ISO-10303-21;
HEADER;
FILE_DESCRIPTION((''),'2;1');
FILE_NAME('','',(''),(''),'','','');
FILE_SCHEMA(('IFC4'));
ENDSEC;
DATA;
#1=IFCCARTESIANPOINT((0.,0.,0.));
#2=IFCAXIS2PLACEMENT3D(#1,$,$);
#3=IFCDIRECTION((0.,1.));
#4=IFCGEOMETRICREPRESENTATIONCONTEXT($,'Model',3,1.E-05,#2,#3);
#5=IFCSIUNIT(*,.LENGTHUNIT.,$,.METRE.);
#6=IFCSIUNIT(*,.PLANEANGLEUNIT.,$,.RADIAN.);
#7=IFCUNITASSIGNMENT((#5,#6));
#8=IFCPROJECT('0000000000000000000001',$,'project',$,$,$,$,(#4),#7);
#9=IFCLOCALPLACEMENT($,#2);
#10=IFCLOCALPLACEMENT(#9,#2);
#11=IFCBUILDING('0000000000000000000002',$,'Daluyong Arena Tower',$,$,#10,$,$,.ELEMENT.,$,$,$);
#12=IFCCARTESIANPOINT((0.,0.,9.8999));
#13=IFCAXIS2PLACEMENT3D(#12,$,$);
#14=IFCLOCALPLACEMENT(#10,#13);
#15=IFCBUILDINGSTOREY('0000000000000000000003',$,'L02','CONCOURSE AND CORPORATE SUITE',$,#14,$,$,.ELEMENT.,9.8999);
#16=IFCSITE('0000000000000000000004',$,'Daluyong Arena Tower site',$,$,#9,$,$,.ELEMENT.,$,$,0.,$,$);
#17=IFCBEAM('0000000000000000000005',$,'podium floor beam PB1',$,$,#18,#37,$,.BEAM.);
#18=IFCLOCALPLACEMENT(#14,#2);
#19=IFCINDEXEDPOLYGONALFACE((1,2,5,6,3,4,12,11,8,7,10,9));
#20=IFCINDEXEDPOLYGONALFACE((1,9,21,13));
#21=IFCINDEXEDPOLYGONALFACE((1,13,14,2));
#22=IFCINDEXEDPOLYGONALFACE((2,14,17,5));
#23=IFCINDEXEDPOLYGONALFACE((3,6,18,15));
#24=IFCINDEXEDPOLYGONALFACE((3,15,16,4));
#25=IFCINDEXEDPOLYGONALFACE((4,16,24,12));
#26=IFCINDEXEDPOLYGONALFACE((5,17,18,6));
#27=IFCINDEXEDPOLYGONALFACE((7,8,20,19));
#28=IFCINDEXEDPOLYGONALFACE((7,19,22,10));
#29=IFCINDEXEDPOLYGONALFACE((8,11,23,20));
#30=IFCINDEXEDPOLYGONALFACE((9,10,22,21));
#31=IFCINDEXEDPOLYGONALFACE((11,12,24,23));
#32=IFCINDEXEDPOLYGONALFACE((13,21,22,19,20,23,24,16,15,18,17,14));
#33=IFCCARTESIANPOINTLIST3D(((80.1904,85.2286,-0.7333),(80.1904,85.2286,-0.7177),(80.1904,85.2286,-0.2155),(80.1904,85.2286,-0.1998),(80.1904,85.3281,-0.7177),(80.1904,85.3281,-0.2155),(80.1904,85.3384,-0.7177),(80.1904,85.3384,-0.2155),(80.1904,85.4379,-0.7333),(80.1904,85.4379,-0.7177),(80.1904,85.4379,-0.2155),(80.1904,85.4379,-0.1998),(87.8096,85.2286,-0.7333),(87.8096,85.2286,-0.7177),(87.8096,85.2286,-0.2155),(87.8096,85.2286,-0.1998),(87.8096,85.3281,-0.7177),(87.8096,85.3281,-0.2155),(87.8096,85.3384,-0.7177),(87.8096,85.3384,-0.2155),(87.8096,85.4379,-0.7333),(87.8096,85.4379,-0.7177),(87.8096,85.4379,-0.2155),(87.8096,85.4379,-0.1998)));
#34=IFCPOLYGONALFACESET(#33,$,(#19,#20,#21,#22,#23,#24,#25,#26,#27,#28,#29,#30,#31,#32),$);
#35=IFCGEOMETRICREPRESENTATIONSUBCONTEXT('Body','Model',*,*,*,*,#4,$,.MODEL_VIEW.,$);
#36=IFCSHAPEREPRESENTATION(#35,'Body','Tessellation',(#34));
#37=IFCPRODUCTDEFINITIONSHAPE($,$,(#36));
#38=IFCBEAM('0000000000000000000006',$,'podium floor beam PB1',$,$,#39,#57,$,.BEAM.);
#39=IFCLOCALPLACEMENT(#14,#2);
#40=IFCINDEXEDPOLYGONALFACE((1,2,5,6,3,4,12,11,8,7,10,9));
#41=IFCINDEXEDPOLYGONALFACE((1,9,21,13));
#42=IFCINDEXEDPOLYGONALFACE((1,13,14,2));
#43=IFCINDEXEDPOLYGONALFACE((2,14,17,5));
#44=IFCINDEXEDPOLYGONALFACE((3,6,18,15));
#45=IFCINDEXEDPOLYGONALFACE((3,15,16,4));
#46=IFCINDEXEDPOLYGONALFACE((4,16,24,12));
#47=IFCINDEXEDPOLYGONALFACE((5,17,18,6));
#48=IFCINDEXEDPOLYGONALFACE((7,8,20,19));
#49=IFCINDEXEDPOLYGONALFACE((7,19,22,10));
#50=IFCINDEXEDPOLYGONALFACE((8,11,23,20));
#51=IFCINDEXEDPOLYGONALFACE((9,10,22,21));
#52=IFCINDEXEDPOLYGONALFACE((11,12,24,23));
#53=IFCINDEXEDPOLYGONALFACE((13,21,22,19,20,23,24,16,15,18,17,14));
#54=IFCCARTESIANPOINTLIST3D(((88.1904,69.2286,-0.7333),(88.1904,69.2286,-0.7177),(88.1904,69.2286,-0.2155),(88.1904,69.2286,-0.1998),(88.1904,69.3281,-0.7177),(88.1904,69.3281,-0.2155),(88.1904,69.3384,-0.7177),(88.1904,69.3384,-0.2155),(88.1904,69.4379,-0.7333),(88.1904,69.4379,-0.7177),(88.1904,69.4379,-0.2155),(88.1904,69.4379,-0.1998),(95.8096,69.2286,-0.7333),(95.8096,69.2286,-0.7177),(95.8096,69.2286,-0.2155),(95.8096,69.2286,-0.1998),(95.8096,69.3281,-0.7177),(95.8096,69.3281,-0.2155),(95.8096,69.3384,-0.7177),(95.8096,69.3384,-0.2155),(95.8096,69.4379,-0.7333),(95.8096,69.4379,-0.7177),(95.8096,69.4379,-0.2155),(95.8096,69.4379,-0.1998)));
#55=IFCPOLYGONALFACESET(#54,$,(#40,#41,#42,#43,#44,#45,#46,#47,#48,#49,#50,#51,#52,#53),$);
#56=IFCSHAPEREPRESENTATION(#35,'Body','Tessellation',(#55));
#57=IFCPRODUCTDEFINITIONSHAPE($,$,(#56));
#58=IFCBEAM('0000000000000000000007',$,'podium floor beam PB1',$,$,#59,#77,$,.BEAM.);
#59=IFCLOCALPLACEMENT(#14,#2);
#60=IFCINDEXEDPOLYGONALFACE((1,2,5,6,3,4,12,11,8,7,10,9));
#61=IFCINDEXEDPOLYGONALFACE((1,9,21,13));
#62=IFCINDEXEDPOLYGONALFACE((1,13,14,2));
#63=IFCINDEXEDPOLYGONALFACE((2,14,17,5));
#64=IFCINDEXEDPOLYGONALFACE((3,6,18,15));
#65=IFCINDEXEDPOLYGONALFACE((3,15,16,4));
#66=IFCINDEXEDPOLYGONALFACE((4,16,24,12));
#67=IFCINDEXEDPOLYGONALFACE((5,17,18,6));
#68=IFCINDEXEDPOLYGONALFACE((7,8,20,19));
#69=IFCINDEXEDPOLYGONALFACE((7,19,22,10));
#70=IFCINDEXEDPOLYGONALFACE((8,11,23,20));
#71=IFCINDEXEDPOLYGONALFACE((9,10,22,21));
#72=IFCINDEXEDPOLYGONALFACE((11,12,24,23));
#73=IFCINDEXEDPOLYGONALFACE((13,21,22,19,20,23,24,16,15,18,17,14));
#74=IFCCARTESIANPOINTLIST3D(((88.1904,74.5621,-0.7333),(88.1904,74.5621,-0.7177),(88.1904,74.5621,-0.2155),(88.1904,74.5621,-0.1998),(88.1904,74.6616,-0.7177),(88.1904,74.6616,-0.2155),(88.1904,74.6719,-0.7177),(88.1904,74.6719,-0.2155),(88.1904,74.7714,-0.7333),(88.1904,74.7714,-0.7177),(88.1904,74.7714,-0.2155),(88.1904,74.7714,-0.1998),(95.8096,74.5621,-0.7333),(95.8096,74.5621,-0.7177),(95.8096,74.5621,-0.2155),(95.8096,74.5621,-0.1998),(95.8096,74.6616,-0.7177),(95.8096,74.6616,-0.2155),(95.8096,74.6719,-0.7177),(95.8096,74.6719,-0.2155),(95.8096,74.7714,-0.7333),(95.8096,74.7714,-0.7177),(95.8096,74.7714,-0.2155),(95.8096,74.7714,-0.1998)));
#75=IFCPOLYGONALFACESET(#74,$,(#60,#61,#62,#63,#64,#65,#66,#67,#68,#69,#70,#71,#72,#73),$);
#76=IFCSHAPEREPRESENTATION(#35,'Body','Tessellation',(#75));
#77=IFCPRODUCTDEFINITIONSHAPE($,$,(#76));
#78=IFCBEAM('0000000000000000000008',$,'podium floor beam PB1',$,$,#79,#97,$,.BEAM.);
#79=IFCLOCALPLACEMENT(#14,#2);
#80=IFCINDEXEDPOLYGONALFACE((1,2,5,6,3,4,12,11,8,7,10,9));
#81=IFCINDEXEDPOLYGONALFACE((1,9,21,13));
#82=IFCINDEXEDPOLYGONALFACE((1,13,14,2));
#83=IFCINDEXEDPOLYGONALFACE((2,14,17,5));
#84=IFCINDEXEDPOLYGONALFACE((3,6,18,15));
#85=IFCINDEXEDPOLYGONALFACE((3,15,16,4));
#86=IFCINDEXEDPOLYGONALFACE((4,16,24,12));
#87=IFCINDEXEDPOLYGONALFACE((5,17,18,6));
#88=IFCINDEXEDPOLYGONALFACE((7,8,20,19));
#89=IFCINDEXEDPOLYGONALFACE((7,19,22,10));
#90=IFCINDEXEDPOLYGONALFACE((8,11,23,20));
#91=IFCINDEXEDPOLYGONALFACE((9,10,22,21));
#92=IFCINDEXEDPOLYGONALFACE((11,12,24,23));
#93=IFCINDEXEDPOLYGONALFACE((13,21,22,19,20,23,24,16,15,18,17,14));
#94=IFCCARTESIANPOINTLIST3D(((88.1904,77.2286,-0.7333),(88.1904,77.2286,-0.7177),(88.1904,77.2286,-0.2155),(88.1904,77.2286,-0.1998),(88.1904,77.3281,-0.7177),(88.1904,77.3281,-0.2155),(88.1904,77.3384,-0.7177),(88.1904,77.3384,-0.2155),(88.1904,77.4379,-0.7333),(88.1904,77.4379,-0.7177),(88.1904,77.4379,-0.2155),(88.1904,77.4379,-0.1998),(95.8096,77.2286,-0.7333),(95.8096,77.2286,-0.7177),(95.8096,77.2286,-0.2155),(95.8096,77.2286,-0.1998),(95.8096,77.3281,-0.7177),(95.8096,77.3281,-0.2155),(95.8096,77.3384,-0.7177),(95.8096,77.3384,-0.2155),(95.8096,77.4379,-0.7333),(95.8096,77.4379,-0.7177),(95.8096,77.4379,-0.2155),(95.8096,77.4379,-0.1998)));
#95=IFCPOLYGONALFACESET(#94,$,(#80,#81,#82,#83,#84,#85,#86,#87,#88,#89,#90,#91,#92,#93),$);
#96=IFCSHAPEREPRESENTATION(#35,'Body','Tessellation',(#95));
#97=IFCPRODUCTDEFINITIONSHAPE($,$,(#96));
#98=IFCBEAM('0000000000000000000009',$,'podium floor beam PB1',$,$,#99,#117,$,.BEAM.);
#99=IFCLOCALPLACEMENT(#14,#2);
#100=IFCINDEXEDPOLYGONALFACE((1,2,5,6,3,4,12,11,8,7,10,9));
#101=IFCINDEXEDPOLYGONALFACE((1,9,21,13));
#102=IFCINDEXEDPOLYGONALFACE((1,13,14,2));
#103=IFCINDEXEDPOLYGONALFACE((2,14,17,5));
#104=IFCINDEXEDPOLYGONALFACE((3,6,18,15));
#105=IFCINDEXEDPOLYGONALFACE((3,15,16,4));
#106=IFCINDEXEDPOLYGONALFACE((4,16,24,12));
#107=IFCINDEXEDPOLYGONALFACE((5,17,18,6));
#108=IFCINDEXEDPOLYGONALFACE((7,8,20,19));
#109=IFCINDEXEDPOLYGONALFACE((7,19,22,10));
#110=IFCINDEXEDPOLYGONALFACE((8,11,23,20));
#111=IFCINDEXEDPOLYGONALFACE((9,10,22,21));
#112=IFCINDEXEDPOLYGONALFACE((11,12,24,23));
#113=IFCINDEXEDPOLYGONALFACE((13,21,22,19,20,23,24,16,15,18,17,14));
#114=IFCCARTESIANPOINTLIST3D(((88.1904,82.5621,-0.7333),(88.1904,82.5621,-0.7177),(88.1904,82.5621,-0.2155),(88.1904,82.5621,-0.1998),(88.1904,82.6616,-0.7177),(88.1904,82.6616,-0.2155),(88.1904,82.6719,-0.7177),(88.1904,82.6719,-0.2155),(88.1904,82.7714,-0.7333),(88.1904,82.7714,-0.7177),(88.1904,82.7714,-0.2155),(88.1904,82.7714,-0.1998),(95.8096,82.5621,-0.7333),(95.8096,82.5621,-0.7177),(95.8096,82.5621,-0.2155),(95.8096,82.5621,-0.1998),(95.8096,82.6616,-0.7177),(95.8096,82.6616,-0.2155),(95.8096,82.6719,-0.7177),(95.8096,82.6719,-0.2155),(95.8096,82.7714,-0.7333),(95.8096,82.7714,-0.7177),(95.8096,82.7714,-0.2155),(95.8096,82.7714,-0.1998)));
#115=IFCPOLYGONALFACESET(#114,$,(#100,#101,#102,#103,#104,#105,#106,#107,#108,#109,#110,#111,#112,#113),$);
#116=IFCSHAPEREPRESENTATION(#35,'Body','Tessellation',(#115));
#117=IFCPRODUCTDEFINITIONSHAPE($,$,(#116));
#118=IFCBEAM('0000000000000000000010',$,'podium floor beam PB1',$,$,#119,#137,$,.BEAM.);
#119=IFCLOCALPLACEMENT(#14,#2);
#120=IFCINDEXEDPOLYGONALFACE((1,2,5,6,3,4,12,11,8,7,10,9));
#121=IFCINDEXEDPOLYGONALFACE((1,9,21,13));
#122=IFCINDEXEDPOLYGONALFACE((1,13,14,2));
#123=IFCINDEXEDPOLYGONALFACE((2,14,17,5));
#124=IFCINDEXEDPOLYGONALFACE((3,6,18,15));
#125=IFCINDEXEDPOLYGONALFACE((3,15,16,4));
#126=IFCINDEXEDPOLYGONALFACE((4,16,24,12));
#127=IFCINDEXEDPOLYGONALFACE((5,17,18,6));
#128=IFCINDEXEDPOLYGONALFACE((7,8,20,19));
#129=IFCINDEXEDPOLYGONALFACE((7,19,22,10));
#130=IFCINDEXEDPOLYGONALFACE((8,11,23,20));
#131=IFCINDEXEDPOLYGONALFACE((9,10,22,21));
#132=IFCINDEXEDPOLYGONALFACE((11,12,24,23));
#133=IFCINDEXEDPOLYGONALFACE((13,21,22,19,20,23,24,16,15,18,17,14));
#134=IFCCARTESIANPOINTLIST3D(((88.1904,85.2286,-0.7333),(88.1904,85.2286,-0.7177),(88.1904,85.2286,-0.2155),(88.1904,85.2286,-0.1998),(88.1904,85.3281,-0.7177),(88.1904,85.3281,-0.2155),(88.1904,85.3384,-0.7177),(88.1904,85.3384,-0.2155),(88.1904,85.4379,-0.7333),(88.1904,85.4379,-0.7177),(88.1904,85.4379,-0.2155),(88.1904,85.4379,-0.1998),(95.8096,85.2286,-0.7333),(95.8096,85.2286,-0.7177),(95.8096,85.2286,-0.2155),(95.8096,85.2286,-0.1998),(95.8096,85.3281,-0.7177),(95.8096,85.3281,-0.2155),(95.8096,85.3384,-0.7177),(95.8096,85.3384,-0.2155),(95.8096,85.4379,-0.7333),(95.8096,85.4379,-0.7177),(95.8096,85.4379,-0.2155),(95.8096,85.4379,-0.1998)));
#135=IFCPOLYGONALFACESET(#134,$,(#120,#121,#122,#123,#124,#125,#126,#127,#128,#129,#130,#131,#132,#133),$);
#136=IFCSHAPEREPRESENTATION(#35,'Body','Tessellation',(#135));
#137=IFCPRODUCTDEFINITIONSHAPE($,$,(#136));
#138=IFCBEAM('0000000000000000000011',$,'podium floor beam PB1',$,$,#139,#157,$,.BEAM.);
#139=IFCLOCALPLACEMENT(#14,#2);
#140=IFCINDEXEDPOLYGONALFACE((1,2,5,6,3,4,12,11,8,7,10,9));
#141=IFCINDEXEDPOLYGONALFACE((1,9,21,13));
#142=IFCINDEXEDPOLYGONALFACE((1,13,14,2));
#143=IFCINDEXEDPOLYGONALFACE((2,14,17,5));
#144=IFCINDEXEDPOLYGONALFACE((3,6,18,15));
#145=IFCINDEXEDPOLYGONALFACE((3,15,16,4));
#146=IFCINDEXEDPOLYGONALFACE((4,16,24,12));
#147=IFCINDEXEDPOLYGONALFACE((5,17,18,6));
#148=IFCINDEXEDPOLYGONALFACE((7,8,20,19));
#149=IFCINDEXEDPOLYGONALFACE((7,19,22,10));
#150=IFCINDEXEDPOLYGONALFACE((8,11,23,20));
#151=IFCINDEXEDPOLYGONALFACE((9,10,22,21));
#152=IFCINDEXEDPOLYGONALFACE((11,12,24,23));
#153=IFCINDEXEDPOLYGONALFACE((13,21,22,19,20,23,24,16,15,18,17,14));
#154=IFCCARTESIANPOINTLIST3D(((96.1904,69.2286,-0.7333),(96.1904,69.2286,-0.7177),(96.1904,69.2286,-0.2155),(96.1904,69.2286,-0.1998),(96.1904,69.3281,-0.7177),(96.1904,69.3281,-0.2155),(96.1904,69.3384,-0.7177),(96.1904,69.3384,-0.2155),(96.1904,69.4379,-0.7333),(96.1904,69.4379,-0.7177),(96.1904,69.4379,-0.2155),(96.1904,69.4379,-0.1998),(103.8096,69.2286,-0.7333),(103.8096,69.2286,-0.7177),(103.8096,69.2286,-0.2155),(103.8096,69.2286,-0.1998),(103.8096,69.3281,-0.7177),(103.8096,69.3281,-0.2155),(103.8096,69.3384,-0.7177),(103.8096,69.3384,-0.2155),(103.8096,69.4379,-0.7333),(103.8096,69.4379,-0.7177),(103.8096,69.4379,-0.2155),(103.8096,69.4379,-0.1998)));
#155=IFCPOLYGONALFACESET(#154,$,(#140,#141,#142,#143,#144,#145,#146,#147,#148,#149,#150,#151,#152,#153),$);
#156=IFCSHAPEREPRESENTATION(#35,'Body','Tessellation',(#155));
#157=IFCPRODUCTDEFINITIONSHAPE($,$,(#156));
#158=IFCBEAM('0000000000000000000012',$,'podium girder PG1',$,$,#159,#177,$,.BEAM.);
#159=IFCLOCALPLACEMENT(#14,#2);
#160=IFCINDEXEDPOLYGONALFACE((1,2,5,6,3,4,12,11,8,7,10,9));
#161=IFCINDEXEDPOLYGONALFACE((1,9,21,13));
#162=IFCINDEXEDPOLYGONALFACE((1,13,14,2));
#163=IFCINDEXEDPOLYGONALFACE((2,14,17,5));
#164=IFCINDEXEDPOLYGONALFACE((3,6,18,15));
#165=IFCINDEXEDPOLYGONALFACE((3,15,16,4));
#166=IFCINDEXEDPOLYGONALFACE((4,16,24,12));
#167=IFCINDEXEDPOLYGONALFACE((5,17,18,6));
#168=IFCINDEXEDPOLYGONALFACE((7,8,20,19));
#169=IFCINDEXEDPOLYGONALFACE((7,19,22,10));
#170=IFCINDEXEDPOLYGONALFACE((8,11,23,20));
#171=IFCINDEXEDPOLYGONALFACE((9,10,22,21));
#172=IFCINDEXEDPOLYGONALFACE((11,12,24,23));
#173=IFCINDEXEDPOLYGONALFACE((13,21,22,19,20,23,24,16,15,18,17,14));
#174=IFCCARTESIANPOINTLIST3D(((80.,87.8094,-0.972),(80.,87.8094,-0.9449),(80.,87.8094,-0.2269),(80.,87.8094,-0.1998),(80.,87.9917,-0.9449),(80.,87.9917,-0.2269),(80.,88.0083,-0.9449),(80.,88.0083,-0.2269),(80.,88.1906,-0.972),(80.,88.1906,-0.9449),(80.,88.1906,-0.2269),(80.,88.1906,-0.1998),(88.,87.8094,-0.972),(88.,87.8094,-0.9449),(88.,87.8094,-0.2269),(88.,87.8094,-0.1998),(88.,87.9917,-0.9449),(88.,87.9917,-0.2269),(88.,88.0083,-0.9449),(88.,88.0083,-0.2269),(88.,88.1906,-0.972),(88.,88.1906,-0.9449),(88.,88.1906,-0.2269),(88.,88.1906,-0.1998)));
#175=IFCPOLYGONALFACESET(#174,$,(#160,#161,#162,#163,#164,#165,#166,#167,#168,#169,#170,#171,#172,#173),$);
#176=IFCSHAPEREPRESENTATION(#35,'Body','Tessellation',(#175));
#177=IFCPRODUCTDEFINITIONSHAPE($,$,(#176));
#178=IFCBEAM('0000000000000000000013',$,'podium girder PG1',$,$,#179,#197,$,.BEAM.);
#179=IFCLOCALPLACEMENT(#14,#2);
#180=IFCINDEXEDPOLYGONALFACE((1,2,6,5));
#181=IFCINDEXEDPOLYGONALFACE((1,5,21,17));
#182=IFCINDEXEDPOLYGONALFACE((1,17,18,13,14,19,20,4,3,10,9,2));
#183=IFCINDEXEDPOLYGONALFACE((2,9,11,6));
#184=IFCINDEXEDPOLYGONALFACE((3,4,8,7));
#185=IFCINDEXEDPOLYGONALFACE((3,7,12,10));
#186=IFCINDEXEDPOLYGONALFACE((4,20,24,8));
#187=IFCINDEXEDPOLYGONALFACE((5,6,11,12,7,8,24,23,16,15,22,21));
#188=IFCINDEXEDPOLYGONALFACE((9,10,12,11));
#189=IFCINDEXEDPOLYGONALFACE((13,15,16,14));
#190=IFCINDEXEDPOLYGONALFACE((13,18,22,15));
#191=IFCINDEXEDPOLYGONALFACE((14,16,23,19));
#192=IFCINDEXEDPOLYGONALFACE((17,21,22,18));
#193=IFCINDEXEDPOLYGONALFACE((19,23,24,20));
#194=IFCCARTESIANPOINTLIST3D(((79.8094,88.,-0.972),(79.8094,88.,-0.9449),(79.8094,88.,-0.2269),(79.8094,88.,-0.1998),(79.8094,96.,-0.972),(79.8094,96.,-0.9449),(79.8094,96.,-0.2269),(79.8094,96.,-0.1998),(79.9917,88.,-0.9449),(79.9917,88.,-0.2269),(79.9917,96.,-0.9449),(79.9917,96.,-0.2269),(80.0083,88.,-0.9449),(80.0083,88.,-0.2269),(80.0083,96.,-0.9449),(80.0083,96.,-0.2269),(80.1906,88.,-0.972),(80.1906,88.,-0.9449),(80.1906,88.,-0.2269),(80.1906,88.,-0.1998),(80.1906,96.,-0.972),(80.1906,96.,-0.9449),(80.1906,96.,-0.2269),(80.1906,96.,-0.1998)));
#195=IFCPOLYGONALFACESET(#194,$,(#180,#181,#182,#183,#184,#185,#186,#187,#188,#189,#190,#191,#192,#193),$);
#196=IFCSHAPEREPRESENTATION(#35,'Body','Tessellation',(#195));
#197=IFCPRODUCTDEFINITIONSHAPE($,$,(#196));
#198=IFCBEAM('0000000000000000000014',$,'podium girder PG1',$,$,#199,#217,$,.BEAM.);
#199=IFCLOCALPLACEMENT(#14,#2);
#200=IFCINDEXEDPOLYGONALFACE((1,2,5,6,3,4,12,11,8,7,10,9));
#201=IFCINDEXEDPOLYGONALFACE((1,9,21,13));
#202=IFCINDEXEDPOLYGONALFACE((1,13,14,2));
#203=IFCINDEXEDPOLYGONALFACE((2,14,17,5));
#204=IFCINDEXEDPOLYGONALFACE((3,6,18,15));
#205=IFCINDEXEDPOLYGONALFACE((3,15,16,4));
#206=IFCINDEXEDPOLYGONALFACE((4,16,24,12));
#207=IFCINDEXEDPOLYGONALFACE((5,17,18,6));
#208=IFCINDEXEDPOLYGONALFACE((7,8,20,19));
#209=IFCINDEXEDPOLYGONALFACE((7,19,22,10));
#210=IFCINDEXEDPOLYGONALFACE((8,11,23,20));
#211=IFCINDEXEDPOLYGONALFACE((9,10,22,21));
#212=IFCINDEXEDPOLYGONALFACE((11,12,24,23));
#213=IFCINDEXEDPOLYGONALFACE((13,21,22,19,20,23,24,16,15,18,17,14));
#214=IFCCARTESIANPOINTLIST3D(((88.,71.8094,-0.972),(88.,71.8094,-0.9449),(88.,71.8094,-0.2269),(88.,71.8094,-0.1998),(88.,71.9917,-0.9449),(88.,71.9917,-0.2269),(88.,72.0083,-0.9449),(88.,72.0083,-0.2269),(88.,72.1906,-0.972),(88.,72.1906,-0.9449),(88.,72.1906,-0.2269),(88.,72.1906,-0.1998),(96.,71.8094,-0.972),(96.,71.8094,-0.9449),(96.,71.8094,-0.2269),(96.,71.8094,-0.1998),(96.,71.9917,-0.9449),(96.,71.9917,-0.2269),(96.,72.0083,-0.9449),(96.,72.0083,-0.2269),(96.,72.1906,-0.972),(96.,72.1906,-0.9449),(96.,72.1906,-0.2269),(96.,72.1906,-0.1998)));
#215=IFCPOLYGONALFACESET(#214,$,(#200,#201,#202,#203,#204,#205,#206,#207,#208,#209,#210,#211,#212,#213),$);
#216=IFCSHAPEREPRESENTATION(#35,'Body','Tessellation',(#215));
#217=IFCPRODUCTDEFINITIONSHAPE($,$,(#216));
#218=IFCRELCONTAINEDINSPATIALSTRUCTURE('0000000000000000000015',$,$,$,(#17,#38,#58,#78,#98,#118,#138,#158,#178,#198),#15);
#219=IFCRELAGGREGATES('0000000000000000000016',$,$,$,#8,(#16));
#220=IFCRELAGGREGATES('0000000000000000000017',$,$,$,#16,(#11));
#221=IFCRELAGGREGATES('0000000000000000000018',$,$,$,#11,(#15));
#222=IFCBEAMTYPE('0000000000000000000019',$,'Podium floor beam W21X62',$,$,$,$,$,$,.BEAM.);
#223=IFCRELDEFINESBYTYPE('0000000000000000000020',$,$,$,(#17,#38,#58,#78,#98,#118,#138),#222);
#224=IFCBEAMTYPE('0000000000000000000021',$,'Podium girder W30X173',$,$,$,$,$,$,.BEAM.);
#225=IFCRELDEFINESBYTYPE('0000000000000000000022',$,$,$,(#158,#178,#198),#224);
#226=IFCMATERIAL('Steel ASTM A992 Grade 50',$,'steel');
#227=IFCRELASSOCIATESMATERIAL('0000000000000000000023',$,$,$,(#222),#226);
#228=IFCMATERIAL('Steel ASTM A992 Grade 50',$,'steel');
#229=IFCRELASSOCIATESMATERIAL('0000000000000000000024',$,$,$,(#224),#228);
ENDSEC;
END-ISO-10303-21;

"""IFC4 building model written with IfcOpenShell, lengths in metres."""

from ifc_helpers import new_model, si_unit, direction, frame, origin, origin_2d, place, context, subcontext, project, spatial, i_section, extrude, material, material_profile, profile_set, type_object, element, save


model = new_model("IFC4")

# Units and contexts
model_context = context("Model", 3, precision=1e-05, world=origin(), true_north=direction((0.0, 1.0)))
body_context = subcontext(model_context, "Body", "Model", "MODEL_VIEW")
ifc_project = project(units=[si_unit("LENGTHUNIT", "METRE"), si_unit("PLANEANGLEUNIT", "RADIAN")], contexts=[model_context])

# Site, building, storey
site_placement = place(None, origin())
site = spatial("IfcSite", under=ifc_project, at=site_placement, Name="Daluyong Arena Tower site", CompositionType="ELEMENT", RefElevation=0.0)
building_placement = place(site_placement, origin())
building = spatial("IfcBuilding", under=site, at=building_placement, Name="Daluyong Arena Tower", CompositionType="ELEMENT")
storey_placement = place(building_placement, frame((0.0, 0.0, 9.8999)))
storey = spatial("IfcBuildingStorey", under=building, at=storey_placement, Name="L02", Description="CONCOURSE AND CORPORATE SUITE", CompositionType="ELEMENT", Elevation=9.8999)

# Beams
ifc_material_1 = material(Name="Steel ASTM A992 Grade 50", Category="steel")
ifc_material_profile_1 = material_profile(ifc_material_1, i_section(OverallWidth=0.2092, OverallDepth=0.5334, WebThickness=0.0103, FlangeThickness=0.0156, at=origin_2d()))
ifc_profile_set_1 = profile_set([ifc_material_profile_1], Name="Steel ASTM A992 Grade 50")
beam_type_1 = type_object("IfcBeamType", Name="Podium floor beam W21X62", PredefinedType="BEAM", material=ifc_profile_set_1)
for number, where, z_axis, x_axis, name in (
    (1, (80.1904, 85.3333, -0.4666), (1.0, 0.0, 0.0), (0.0, 1.0, 0.0), "podium floor beam PB1"),
    (2, (88.1904, 69.3333, -0.4666), (1.0, 0.0, 0.0), (0.0, 1.0, 0.0), "podium floor beam PB1"),
    (3, (88.1904, 74.6667, -0.4666), (1.0, 0.0, 0.0), (0.0, 1.0, 0.0), "podium floor beam PB1"),
    (4, (88.1904, 77.3333, -0.4666), (1.0, 0.0, 0.0), (0.0, 1.0, 0.0), "podium floor beam PB1"),
    (5, (88.1904, 82.6667, -0.4666), (1.0, 0.0, 0.0), (0.0, 1.0, 0.0), "podium floor beam PB1"),
    (6, (88.1904, 85.3333, -0.4666), (1.0, 0.0, 0.0), (0.0, 1.0, 0.0), "podium floor beam PB1"),
    (7, (96.1904, 69.3333, -0.4666), (1.0, 0.0, 0.0), (0.0, 1.0, 0.0), "podium floor beam PB1"),
):
    element("IfcBeam", number, at=place(storey_placement, frame(where, z_axis=z_axis, x_axis=x_axis)), inside=storey, type_object=beam_type_1, Name=name, PredefinedType="BEAM", context=body_context, shape_type="SweptSolid", body=[
        extrude(i_section(OverallWidth=0.2092, OverallDepth=0.5334, WebThickness=0.0103, FlangeThickness=0.0156, at=origin_2d()), origin(), (0.0, 0.0, 1.0), 7.6191),
    ])
ifc_material_2 = material(Name="Steel ASTM A992 Grade 50", Category="steel")
ifc_material_profile_2 = material_profile(ifc_material_2, i_section(OverallWidth=0.3811, OverallDepth=0.7722, WebThickness=0.0166, FlangeThickness=0.0271, at=origin_2d()))
ifc_profile_set_2 = profile_set([ifc_material_profile_2], Name="Steel ASTM A992 Grade 50")
beam_type_2 = type_object("IfcBeamType", Name="Podium girder W30X173", PredefinedType="BEAM", material=ifc_profile_set_2)
for number, where, z_axis, x_axis, name in (
    (8, (80.0, 88.0, -0.5859), (1.0, 0.0, 0.0), (0.0, 1.0, 0.0), "podium girder PG1"),
    (9, (80.0, 88.0, -0.5859), (0.0, 1.0, 0.0), (-1.0, 0.0, 0.0), "podium girder PG1"),
    (10, (88.0, 72.0, -0.5859), (1.0, 0.0, 0.0), (0.0, 1.0, 0.0), "podium girder PG1"),
):
    element("IfcBeam", number, at=place(storey_placement, frame(where, z_axis=z_axis, x_axis=x_axis)), inside=storey, type_object=beam_type_2, Name=name, PredefinedType="BEAM", context=body_context, shape_type="SweptSolid", body=[
        extrude(i_section(OverallWidth=0.3811, OverallDepth=0.7722, WebThickness=0.0166, FlangeThickness=0.0271, at=origin_2d()), origin(), (0.0, 0.0, 1.0), 8.0),
    ])

save(model, "model.ifc")
